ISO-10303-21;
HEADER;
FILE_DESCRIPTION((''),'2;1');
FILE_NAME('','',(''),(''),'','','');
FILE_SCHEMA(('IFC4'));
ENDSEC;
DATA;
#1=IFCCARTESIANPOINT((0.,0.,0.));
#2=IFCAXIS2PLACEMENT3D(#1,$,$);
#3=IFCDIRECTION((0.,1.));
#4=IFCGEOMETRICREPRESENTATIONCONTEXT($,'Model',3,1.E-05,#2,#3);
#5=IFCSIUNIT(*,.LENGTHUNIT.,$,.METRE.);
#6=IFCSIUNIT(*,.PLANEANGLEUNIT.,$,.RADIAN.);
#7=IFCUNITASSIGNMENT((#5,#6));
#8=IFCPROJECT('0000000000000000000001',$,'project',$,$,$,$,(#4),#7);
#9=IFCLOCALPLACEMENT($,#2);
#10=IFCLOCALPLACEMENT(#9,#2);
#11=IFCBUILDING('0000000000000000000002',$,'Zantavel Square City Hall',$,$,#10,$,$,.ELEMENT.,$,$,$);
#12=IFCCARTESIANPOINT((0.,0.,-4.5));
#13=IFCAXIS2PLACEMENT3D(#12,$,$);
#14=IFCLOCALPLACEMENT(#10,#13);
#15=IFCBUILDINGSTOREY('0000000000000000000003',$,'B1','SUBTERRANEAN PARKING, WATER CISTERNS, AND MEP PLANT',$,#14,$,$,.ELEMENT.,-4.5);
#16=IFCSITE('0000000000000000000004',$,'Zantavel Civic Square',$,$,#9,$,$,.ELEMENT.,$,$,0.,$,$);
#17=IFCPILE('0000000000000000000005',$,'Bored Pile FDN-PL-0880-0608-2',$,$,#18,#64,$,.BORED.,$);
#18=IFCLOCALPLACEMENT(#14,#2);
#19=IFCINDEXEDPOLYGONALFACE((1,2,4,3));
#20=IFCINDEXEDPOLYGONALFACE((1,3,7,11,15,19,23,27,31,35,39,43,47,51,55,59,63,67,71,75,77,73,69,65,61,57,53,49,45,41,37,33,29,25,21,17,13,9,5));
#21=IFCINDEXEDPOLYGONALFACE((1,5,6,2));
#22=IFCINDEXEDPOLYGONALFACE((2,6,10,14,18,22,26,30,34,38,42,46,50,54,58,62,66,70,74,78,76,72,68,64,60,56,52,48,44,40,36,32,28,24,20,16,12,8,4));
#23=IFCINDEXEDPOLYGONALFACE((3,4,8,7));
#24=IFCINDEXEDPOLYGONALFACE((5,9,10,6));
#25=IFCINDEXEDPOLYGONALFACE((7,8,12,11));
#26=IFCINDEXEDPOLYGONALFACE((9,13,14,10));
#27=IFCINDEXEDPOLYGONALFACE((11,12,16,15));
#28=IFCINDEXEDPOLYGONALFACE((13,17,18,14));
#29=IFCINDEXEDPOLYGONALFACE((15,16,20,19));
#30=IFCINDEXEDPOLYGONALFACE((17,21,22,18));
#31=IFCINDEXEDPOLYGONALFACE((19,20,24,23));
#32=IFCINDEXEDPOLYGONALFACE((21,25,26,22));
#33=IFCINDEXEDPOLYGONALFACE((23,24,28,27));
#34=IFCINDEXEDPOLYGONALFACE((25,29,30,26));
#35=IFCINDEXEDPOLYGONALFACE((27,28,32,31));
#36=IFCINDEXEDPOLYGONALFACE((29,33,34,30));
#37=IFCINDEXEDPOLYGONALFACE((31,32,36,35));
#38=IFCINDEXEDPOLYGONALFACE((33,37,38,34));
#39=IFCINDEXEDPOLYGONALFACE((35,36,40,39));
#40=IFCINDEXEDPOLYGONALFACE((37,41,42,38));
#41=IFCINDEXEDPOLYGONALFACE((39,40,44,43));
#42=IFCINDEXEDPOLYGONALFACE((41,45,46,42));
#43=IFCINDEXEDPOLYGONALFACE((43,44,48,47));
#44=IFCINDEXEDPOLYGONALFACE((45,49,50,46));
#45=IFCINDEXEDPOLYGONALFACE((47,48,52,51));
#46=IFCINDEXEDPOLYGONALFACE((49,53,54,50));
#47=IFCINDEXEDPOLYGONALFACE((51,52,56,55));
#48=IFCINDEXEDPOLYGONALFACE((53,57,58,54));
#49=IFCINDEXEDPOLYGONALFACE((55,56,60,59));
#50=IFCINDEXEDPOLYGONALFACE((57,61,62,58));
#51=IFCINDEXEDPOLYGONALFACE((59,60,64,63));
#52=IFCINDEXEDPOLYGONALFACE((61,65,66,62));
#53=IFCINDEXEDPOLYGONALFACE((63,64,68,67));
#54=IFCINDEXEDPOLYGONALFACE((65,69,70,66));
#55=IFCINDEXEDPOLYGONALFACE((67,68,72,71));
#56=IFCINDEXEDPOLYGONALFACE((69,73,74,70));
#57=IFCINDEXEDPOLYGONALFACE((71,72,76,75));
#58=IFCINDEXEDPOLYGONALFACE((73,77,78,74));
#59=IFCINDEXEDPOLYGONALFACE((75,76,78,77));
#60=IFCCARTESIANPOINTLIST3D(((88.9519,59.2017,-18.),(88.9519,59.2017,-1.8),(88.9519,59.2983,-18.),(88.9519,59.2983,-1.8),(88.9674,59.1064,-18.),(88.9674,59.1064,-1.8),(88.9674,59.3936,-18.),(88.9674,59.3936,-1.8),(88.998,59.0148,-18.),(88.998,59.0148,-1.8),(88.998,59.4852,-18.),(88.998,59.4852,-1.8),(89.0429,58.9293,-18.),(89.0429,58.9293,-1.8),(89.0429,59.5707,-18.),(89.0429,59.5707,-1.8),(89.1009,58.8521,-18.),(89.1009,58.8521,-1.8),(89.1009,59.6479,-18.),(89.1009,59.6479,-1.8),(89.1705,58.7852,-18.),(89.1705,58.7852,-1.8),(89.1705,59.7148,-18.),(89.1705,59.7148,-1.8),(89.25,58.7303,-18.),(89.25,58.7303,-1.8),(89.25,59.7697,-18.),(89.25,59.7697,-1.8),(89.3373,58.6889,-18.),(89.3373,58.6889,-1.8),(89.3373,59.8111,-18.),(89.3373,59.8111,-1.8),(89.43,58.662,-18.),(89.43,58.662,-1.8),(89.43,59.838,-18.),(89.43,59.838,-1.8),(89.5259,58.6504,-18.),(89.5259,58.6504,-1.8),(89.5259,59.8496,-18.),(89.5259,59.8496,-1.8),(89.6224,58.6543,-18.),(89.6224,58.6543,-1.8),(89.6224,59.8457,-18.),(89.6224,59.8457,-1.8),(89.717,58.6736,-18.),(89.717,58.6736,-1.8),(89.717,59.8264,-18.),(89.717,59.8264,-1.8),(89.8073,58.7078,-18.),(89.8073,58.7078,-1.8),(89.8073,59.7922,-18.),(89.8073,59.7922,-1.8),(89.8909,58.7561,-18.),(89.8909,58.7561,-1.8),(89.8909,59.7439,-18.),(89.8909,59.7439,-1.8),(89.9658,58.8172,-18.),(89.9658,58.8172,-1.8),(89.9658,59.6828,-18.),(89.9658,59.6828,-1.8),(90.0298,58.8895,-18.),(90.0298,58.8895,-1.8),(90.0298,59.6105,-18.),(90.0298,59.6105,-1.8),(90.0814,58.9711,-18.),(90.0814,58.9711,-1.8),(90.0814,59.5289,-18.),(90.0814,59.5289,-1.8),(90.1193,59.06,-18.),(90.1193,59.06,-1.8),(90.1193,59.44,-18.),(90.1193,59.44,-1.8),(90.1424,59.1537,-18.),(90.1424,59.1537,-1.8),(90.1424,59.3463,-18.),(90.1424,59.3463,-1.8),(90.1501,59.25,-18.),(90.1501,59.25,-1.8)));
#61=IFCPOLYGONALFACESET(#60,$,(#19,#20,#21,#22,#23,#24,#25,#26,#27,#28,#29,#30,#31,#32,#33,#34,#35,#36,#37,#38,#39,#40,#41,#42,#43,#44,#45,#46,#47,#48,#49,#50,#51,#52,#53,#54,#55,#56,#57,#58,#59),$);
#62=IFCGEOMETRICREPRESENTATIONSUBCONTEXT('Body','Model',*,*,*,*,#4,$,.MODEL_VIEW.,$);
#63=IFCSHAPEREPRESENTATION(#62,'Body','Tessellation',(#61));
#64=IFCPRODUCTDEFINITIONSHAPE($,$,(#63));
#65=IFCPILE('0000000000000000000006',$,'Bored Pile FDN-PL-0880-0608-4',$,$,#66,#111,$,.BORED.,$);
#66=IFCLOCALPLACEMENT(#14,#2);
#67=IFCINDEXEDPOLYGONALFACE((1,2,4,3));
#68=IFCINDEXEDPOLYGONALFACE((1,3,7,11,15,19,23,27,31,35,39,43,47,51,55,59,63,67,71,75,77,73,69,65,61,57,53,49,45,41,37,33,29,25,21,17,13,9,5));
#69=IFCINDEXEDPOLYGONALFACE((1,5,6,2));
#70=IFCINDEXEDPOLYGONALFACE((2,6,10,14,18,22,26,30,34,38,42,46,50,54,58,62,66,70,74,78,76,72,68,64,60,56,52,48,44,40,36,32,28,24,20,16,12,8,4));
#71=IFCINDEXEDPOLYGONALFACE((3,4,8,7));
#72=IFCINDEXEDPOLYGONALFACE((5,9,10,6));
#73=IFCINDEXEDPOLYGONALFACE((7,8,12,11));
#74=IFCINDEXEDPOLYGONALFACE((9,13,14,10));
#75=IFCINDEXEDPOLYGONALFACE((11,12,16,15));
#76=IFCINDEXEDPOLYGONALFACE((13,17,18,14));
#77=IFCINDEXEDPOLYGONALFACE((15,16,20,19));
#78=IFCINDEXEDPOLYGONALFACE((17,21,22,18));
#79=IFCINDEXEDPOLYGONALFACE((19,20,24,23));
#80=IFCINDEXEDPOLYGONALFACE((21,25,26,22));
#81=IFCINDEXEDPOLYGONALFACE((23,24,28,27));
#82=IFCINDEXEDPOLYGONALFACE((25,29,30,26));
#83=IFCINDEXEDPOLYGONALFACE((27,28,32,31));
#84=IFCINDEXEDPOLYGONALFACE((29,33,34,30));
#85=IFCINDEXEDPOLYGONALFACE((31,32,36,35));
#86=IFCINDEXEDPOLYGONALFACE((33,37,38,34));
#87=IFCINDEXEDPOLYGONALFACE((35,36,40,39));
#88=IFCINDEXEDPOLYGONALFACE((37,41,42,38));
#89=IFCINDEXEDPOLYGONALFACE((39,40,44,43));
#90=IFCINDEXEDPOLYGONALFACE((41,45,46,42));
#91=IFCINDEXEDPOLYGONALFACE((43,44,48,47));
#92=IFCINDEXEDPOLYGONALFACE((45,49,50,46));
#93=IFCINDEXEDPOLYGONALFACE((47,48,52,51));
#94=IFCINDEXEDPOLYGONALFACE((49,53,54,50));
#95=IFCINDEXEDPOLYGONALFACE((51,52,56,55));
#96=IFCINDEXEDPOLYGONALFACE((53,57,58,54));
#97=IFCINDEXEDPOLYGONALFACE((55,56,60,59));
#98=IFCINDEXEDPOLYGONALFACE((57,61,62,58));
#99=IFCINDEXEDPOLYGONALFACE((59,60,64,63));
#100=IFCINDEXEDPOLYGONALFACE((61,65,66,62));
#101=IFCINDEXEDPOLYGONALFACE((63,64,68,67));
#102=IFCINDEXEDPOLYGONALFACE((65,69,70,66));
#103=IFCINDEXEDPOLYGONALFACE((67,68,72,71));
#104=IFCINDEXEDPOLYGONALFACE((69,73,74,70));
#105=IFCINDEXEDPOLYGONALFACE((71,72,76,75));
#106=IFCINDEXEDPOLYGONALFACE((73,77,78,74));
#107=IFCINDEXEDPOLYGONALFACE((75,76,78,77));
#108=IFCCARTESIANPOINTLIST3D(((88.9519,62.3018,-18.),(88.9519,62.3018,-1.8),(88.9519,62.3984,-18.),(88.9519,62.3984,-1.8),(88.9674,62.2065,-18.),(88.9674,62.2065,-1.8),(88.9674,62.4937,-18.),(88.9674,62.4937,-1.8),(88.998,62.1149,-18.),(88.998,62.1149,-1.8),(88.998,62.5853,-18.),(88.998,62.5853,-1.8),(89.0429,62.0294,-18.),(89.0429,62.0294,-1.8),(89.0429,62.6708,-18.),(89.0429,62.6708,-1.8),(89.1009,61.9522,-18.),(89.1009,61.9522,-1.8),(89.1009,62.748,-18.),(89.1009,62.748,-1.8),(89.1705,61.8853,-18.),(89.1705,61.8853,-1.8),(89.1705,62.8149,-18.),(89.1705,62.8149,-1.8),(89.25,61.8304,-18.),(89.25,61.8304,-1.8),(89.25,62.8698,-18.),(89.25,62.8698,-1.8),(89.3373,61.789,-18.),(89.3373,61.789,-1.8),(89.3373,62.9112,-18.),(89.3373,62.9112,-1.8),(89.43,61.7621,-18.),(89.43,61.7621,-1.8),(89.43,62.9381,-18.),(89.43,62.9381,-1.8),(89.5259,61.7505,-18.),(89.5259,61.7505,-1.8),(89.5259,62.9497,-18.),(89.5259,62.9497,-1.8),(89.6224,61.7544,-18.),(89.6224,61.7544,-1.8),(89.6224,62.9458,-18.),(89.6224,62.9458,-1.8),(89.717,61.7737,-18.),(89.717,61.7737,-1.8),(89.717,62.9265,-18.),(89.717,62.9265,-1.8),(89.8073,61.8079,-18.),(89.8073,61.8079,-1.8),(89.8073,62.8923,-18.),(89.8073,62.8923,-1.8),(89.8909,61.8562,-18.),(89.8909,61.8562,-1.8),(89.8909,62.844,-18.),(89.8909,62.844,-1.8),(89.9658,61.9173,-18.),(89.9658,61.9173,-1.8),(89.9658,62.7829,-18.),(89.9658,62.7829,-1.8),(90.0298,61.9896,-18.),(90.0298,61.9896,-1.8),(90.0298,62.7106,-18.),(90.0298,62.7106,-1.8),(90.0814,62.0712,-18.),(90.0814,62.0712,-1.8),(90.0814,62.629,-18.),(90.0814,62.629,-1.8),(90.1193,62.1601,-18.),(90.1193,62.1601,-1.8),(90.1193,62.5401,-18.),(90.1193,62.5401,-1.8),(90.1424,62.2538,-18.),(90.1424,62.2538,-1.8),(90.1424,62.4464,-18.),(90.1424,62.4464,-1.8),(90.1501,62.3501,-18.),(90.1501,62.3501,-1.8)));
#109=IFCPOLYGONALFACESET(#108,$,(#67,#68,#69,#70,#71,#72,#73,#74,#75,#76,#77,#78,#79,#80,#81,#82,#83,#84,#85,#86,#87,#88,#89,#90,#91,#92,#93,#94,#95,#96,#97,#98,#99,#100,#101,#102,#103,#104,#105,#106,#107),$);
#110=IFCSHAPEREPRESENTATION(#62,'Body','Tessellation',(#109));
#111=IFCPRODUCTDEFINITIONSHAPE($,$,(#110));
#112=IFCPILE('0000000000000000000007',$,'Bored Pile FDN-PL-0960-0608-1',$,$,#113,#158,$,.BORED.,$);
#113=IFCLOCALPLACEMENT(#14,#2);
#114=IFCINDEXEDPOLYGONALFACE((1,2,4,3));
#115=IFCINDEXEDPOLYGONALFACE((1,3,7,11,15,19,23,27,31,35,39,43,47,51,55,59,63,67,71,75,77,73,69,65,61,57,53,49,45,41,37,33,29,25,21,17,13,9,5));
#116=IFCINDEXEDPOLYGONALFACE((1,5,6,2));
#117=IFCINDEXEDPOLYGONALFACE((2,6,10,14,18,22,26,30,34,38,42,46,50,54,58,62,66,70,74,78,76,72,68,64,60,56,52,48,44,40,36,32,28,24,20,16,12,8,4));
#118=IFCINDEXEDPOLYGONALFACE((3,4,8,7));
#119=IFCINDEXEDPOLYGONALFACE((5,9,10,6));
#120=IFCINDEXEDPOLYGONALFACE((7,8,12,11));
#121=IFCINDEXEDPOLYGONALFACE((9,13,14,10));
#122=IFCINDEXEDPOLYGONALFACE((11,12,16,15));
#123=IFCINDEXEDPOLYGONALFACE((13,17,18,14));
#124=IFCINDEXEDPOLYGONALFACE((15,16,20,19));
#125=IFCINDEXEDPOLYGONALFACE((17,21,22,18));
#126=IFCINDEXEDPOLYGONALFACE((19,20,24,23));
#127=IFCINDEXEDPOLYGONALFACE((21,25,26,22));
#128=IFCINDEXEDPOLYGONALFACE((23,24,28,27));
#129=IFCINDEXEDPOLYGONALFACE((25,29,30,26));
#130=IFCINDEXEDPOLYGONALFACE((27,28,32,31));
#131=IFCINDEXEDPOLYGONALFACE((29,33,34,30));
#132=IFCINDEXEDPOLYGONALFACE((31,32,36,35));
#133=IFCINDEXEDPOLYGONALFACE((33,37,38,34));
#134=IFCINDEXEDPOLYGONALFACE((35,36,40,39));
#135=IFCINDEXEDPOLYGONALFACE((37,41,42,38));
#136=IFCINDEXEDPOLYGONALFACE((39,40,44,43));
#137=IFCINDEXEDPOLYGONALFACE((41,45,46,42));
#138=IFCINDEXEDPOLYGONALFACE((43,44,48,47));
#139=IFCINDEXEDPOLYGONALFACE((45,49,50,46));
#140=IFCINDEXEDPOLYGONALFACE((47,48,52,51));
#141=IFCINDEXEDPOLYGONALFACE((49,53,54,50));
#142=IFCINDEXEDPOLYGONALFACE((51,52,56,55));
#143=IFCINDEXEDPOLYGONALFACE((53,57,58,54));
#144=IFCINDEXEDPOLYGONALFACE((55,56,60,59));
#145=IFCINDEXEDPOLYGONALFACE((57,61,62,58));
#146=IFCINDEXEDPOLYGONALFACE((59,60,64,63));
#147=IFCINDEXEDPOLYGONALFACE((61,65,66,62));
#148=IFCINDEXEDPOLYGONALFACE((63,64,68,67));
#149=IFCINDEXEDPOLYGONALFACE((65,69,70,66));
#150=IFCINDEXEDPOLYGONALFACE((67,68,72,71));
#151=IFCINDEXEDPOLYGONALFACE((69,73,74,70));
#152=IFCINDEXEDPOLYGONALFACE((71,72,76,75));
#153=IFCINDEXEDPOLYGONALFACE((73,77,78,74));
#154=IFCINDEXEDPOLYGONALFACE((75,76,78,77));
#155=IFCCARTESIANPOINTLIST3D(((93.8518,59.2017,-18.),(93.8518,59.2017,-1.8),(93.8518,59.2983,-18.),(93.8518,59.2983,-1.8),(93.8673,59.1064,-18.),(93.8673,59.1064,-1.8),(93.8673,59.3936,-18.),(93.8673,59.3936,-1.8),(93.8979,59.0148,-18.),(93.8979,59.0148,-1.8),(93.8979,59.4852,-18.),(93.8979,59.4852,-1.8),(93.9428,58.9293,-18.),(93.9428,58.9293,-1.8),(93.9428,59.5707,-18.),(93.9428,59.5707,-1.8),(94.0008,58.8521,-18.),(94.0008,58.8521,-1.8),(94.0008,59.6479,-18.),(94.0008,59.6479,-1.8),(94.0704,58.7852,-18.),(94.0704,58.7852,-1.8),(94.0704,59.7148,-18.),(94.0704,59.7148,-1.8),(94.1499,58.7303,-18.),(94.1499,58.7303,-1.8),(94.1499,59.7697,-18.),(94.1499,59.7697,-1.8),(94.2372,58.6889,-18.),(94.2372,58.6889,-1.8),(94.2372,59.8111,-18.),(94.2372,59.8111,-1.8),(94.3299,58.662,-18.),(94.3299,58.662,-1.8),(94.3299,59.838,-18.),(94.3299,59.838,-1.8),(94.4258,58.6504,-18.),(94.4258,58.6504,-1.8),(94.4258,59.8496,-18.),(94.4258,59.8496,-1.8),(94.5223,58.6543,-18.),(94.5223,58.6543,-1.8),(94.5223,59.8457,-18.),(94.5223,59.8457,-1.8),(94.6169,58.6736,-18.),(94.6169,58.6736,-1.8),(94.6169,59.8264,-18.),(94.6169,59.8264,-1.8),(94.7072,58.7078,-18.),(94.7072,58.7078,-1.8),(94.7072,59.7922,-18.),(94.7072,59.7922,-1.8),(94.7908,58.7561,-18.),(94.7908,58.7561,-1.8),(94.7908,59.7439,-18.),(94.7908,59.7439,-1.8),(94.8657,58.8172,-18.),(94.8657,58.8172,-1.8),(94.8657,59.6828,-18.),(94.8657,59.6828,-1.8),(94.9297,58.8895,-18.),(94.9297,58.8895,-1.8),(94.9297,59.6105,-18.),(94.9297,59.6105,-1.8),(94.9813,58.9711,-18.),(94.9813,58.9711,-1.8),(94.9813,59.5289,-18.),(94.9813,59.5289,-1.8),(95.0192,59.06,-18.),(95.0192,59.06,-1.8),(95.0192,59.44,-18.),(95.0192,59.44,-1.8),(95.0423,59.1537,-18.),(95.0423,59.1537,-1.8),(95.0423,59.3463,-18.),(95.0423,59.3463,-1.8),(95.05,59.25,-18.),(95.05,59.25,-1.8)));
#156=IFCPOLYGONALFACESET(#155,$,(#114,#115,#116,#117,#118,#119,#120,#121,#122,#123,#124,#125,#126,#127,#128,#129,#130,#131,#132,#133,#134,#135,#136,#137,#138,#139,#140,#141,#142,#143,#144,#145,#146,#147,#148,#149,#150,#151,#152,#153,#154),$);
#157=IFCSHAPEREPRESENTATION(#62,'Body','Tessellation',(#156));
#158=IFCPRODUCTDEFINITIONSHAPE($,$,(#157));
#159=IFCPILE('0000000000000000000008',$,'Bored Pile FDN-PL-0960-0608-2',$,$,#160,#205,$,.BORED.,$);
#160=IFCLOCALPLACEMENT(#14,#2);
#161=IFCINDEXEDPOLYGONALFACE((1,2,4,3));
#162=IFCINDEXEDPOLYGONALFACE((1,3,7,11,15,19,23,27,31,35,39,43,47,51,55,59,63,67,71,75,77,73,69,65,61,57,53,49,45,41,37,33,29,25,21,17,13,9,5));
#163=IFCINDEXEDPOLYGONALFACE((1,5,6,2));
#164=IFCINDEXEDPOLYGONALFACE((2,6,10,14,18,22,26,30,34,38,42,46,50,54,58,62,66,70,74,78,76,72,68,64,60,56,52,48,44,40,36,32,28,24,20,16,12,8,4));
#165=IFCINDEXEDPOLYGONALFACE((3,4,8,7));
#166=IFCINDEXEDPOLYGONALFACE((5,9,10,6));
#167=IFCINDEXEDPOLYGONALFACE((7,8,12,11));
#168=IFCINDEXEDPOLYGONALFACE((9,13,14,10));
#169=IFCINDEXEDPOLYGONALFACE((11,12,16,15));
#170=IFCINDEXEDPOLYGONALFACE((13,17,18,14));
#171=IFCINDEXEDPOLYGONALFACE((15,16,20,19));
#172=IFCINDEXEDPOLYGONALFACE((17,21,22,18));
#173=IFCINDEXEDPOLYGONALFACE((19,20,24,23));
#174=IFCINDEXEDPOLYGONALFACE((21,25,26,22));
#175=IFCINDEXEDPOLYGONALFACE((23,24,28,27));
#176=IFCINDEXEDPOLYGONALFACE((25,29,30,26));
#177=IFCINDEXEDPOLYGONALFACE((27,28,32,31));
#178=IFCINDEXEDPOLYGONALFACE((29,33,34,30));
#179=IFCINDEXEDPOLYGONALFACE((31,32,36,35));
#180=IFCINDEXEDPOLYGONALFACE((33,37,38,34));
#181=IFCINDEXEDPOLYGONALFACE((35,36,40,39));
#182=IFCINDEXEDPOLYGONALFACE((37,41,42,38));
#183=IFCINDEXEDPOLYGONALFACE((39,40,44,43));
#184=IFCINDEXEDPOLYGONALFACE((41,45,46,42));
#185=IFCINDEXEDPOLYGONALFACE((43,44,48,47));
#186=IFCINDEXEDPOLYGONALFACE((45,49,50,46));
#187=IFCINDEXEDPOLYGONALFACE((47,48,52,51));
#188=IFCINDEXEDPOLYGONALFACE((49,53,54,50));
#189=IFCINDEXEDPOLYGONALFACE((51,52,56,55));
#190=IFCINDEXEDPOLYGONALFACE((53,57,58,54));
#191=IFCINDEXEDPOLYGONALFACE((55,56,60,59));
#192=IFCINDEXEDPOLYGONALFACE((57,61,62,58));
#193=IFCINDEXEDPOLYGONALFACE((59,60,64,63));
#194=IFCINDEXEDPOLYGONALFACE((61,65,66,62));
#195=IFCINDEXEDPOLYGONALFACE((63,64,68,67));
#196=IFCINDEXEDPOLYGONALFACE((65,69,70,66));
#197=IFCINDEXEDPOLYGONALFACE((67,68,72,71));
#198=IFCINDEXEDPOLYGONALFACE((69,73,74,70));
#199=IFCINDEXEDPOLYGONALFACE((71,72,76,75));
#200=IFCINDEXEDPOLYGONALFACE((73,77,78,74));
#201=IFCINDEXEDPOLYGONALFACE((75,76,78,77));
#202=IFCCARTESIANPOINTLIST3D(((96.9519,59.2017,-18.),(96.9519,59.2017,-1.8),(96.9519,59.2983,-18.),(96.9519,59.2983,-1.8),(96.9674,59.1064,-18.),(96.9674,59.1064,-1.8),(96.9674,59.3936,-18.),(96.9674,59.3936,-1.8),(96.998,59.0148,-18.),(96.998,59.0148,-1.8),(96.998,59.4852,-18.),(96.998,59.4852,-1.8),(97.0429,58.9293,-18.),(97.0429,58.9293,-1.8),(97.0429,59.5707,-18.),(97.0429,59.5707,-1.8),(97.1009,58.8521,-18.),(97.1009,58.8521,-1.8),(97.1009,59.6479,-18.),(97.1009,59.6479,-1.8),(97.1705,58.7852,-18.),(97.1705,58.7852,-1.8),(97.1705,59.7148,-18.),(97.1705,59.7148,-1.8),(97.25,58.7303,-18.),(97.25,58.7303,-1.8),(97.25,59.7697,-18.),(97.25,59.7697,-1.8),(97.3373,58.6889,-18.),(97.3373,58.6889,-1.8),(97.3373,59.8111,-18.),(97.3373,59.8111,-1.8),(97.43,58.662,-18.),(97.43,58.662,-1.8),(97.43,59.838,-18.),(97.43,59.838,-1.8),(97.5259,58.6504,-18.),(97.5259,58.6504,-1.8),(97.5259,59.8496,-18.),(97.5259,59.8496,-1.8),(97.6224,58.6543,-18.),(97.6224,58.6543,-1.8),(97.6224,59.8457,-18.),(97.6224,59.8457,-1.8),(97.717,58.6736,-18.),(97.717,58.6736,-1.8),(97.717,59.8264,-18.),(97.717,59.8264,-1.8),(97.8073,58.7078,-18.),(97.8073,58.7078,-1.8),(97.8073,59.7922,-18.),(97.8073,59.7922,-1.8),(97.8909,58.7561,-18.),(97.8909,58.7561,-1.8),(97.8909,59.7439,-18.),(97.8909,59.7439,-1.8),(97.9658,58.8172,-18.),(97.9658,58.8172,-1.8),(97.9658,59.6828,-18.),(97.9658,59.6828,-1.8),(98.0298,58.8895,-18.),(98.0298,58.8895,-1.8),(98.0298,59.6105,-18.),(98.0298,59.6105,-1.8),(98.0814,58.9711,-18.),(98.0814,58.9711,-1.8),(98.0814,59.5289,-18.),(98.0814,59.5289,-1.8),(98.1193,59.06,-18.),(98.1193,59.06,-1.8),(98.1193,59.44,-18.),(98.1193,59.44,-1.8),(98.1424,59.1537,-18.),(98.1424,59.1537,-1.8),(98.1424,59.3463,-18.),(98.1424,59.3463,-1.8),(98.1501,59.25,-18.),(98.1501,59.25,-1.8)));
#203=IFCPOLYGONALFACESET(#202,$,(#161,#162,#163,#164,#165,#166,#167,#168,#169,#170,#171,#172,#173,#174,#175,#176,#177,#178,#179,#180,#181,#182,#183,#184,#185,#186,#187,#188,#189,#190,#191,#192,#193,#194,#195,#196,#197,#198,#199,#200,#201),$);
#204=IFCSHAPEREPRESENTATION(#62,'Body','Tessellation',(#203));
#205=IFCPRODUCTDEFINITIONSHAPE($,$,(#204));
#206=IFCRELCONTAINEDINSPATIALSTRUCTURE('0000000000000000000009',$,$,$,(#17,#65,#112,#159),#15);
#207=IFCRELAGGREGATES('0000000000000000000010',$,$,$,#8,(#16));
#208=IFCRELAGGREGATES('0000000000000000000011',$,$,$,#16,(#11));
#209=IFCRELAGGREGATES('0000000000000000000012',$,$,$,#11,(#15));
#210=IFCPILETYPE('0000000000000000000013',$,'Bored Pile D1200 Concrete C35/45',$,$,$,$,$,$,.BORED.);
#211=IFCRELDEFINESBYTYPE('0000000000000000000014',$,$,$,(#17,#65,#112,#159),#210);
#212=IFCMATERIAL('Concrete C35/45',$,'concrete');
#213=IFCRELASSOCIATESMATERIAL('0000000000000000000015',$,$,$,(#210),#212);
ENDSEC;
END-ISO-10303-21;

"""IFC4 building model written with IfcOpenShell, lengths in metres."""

from ifc_helpers import new_model, si_unit, direction, frame, origin, origin_2d, place, context, subcontext, project, spatial, circle, extrude, material, material_profile, profile_set, type_object, element, save


model = new_model("IFC4")

# Units and contexts
model_context = context("Model", 3, precision=1e-05, world=origin(), true_north=direction((0.0, 1.0)))
body_context = subcontext(model_context, "Body", "Model", "MODEL_VIEW")
ifc_project = project(units=[si_unit("LENGTHUNIT", "METRE"), si_unit("PLANEANGLEUNIT", "RADIAN")], contexts=[model_context])

# Site, building, storey
site_placement = place(None, origin())
site = spatial("IfcSite", under=ifc_project, at=site_placement, Name="Zantavel Civic Square", CompositionType="ELEMENT", RefElevation=0.0)
building_placement = place(site_placement, origin())
building = spatial("IfcBuilding", under=site, at=building_placement, Name="Zantavel Square City Hall", CompositionType="ELEMENT")
storey_placement = place(building_placement, frame((0.0, 0.0, -4.5)))
storey = spatial("IfcBuildingStorey", under=building, at=storey_placement, Name="B1", Description="SUBTERRANEAN PARKING, WATER CISTERNS, AND MEP PLANT", CompositionType="ELEMENT", Elevation=-4.5)

# Piles
ifc_material_1 = material(Name="Concrete C35/45", Category="concrete")
ifc_material_profile_1 = material_profile(ifc_material_1, circle(Radius=0.6001, at=origin_2d()), Name="PILE D1200")
ifc_profile_set_1 = profile_set([ifc_material_profile_1], Name="Concrete C35/45")
pile_type = type_object("IfcPileType", Name="Bored Pile D1200 Concrete C35/45", PredefinedType="BORED", material=ifc_profile_set_1)
for number, where, z_axis, x_axis, name in (
    (1, (89.55, 59.25, -1.8), (0.0, 0.0, -1.0), (1.0, 0.0, 0.0), "Bored Pile FDN-PL-0880-0608-2"),
    (2, (89.55, 62.3501, -1.8), (0.0, 0.0, -1.0), (1.0, 0.0, 0.0), "Bored Pile FDN-PL-0880-0608-4"),
    (3, (94.45, 59.25, -1.8), (0.0, 0.0, -1.0), (1.0, 0.0, 0.0), "Bored Pile FDN-PL-0960-0608-1"),
    (4, (97.55, 59.25, -1.8), (0.0, 0.0, -1.0), (1.0, 0.0, 0.0), "Bored Pile FDN-PL-0960-0608-2"),
):
    element("IfcPile", number, at=place(storey_placement, frame(where, z_axis=z_axis, x_axis=x_axis)), inside=storey, type_object=pile_type, Name=name, PredefinedType="BORED", context=body_context, shape_type="SweptSolid", body=[
        extrude(circle(Radius=0.6001, at=origin_2d()), origin(), (0.0, 0.0, 1.0), 16.2),
    ])

save(model, "model.ifc")
